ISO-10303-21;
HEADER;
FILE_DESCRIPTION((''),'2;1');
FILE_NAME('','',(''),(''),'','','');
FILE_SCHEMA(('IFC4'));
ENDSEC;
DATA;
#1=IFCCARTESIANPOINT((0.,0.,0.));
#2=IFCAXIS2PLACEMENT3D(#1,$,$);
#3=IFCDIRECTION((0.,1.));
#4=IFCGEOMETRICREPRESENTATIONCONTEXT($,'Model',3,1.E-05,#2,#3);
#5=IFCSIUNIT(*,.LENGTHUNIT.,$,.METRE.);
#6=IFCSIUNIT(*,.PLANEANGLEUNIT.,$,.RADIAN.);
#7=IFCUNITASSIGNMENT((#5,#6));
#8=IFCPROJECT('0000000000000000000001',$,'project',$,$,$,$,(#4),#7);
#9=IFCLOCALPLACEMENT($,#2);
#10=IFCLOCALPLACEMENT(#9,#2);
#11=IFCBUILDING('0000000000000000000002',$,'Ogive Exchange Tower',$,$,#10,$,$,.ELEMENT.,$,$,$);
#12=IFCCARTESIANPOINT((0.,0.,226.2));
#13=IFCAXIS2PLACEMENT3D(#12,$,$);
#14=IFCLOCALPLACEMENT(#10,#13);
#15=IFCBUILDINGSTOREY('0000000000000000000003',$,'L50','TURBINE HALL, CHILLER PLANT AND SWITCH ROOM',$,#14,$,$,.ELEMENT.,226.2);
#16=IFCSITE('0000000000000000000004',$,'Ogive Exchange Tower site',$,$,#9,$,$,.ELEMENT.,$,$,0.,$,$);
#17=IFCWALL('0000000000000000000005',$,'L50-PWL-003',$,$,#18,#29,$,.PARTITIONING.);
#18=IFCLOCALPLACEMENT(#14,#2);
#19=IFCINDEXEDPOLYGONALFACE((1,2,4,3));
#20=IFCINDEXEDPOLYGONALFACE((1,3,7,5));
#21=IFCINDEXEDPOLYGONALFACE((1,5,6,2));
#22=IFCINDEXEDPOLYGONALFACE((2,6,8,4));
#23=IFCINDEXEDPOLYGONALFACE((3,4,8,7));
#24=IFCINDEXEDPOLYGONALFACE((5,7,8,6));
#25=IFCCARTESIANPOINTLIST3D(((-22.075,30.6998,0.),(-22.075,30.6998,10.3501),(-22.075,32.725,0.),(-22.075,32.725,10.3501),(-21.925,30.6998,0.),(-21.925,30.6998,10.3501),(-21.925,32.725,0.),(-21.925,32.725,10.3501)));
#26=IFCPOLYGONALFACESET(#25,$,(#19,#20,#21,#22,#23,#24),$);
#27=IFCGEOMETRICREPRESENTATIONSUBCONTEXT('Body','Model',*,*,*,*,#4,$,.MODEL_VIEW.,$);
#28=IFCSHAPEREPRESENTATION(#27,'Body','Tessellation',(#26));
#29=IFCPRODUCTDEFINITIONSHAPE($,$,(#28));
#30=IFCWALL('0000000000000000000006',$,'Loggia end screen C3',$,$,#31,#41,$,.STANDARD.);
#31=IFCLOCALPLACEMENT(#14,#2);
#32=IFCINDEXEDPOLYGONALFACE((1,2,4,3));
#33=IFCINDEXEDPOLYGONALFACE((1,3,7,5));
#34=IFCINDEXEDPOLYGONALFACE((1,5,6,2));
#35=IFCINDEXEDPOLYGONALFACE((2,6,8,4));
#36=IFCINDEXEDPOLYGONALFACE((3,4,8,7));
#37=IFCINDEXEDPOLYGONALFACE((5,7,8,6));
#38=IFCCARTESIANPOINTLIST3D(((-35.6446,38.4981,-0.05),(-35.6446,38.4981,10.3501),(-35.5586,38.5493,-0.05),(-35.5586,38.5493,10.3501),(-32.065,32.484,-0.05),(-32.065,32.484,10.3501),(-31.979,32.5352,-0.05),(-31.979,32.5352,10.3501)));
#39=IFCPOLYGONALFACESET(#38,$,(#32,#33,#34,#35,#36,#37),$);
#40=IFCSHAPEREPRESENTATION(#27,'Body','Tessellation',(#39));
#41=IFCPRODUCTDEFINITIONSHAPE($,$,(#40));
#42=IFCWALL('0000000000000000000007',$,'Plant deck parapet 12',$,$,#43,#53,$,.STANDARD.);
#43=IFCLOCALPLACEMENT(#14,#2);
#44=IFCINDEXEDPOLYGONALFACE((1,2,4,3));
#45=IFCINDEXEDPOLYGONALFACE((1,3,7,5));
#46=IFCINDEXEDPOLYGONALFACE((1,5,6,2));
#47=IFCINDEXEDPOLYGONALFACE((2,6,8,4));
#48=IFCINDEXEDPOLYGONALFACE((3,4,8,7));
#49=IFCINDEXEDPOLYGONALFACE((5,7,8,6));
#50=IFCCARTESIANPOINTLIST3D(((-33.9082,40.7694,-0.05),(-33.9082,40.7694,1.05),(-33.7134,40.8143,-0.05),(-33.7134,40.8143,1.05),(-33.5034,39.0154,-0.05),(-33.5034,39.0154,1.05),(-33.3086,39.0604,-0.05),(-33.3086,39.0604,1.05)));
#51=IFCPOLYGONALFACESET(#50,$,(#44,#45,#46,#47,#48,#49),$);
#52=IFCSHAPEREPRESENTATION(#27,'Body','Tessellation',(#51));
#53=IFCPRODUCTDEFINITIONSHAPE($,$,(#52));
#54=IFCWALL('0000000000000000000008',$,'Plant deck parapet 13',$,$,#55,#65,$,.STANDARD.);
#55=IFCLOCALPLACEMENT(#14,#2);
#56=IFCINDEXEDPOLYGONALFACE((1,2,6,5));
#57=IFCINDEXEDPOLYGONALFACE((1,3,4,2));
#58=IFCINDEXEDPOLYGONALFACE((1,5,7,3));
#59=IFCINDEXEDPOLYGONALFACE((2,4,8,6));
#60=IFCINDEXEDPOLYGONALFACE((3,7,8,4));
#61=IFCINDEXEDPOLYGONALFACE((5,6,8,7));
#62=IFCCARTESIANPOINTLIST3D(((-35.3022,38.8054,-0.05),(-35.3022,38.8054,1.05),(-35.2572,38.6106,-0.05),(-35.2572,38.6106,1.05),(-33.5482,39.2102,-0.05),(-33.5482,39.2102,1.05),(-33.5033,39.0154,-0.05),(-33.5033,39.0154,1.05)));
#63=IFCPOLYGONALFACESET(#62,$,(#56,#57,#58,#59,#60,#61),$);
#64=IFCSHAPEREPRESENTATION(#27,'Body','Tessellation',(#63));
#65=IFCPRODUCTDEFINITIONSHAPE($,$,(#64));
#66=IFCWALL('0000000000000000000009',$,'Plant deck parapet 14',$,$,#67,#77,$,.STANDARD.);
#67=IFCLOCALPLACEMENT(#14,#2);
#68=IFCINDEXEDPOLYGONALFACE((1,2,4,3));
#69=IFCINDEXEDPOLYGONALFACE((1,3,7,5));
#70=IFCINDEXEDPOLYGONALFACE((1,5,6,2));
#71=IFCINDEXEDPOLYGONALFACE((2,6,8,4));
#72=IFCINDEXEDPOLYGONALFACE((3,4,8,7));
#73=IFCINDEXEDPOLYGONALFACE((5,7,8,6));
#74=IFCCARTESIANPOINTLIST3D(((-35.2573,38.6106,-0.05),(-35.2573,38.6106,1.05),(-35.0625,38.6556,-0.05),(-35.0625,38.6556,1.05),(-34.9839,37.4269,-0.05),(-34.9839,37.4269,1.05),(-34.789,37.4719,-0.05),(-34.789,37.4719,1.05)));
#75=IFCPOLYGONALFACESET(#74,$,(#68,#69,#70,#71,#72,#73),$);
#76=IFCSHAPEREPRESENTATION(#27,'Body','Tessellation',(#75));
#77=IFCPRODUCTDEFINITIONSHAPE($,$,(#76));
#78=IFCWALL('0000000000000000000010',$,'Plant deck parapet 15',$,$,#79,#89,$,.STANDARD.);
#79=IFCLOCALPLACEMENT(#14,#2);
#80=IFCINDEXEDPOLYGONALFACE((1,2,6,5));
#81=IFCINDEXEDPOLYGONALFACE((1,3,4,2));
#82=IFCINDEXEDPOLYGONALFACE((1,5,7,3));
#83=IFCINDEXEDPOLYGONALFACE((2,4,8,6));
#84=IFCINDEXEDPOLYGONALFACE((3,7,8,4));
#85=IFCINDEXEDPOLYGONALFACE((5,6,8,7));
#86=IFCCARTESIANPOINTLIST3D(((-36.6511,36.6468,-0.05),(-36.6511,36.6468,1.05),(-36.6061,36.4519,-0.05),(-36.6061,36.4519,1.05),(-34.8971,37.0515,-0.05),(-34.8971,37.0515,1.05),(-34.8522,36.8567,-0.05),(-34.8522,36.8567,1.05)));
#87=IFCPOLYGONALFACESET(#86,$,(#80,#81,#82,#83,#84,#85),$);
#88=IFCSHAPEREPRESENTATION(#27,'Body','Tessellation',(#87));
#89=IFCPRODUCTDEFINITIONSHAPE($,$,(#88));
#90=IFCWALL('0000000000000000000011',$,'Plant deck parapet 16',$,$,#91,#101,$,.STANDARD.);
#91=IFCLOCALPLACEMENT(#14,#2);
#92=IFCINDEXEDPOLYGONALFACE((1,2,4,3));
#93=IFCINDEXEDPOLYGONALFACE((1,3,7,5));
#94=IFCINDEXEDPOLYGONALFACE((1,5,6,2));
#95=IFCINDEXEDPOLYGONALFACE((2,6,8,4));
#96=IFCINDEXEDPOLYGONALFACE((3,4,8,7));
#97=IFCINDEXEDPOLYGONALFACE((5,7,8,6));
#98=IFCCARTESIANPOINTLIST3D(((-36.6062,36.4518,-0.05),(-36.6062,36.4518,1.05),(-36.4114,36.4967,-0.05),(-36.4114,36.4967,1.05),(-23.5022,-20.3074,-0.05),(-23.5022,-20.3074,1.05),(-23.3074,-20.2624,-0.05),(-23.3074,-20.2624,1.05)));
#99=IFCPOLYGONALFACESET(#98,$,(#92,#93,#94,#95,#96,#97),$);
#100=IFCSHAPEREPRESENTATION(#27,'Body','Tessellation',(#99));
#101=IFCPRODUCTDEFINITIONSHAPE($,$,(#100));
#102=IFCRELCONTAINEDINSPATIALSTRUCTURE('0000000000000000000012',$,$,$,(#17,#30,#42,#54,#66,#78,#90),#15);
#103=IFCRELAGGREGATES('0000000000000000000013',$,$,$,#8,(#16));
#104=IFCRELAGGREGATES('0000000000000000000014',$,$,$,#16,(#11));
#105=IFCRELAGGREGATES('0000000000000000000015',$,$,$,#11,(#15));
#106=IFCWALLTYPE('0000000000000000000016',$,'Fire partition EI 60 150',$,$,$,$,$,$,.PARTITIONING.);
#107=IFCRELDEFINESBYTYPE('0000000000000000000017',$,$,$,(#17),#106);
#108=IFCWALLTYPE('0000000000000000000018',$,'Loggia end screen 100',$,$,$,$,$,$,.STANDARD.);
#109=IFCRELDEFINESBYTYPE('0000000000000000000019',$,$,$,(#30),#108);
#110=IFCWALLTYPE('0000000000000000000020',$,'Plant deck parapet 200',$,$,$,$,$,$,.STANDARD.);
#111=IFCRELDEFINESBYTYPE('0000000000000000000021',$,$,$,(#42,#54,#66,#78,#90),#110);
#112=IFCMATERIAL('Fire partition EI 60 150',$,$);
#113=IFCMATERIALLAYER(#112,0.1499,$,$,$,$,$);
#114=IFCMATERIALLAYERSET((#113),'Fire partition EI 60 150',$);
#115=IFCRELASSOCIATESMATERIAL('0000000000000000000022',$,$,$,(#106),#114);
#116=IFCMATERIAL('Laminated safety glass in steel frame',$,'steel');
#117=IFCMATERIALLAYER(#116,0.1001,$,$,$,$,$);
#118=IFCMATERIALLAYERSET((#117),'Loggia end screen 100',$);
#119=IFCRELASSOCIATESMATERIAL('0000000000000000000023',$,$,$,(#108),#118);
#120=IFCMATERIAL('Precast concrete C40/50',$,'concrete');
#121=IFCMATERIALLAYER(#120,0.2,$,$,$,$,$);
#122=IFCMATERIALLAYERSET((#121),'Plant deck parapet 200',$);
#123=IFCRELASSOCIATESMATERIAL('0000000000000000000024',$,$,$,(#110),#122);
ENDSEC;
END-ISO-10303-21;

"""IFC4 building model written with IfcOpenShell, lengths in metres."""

from ifc_helpers import new_model, si_unit, direction, frame, frame_2d, origin, place, context, subcontext, project, spatial, rectangle, extrude, material, layer, layer_set, type_object, element, save


model = new_model("IFC4")

# Units and contexts
model_context = context("Model", 3, precision=1e-05, world=origin(), true_north=direction((0.0, 1.0)))
body_context = subcontext(model_context, "Body", "Model", "MODEL_VIEW")
ifc_project = project(units=[si_unit("LENGTHUNIT", "METRE"), si_unit("PLANEANGLEUNIT", "RADIAN")], contexts=[model_context])

# Site, building, storey
site_placement = place(None, origin())
site = spatial("IfcSite", under=ifc_project, at=site_placement, Name="Ogive Exchange Tower site", CompositionType="ELEMENT", RefElevation=0.0)
building_placement = place(site_placement, origin())
building = spatial("IfcBuilding", under=site, at=building_placement, Name="Ogive Exchange Tower", CompositionType="ELEMENT")
storey_placement = place(building_placement, frame((0.0, 0.0, 226.2)))
storey = spatial("IfcBuildingStorey", under=building, at=storey_placement, Name="L50", Description="TURBINE HALL, CHILLER PLANT AND SWITCH ROOM", CompositionType="ELEMENT", Elevation=226.2)

# Walls
ifc_material_1 = material(Name="Fire partition EI 60 150")
ifc_layer_1 = layer(ifc_material_1, 0.1499)
ifc_layer_set_1 = layer_set([ifc_layer_1], Name="Fire partition EI 60 150")
wall_type_1 = type_object("IfcWallType", Name="Fire partition EI 60 150", PredefinedType="PARTITIONING", material=ifc_layer_set_1)
wall_1_placement = place(storey_placement, frame((-22.0, 32.7251, 0.0), z_axis=(0.0, 0.0, 1.0), x_axis=(0.0, -1.0, 0.0)))
element("IfcWall", 1, at=wall_1_placement, inside=storey, type_object=wall_type_1, Name="L50-PWL-003", PredefinedType="PARTITIONING", context=body_context, shape_type="SweptSolid", body=[
    extrude(rectangle(XDim=2.0251, YDim=0.1499, at=frame_2d((1.0127, 0.0))), origin(), (0.0, 0.0, 1.0), 10.3501),
])
ifc_material_2 = material(Name="Laminated safety glass in steel frame", Category="steel")
ifc_layer_2 = layer(ifc_material_2, 0.1001)
ifc_layer_set_2 = layer_set([ifc_layer_2], Name="Loggia end screen 100")
wall_type_2 = type_object("IfcWallType", Name="Loggia end screen 100", PredefinedType="STANDARD", material=ifc_layer_set_2)
wall_2_placement = place(storey_placement, frame((-32.022, 32.5095, -0.05), z_axis=(0.0, 0.0, 1.0), x_axis=(-0.511456, 0.85931, 0.0)))
element("IfcWall", 2, at=wall_2_placement, inside=storey, type_object=wall_type_2, Name="Loggia end screen C3", PredefinedType="STANDARD", context=body_context, shape_type="SweptSolid", body=[
    extrude(rectangle(XDim=6.9988, YDim=0.1001, at=frame_2d((3.4995, 0.0))), origin(), (0.0, 0.0, 1.0), 10.4001),
])
ifc_material_3 = material(Name="Precast concrete C40/50", Category="concrete")
ifc_layer_3 = layer(ifc_material_3, 0.2)
ifc_layer_set_3 = layer_set([ifc_layer_3], Name="Plant deck parapet 200")
wall_type_3 = type_object("IfcWallType", Name="Plant deck parapet 200", PredefinedType="STANDARD", material=ifc_layer_set_3)
for number, where, z_axis, x_axis, name in (
    (3, (-33.8108, 40.7917, -0.05), (0.0, 0.0, 1.0), (0.224879, -0.974387, 0.0), "Plant deck parapet 12"),
    (4, (-33.5259, 39.1128, -0.05), (0.0, 0.0, 1.0), (-0.974387, -0.224879, 0.0), "Plant deck parapet 13"),
):
    element("IfcWall", number, at=place(storey_placement, frame(where, z_axis=z_axis, x_axis=x_axis)), inside=storey, type_object=wall_type_3, Name=name, PredefinedType="STANDARD", context=body_context, shape_type="SweptSolid", body=[
        extrude(rectangle(XDim=1.8, YDim=0.2, at=frame_2d((0.8999, 0.0))), origin(), (0.0, 0.0, 1.0), 1.1001),
    ])
wall_3_placement = place(storey_placement, frame((-35.1599, 38.6331, -0.05), z_axis=(0.0, 0.0, 1.0), x_axis=(0.225094, -0.974337, 0.0)))
element("IfcWall", 5, at=wall_3_placement, inside=storey, type_object=wall_type_3, Name="Plant deck parapet 14", PredefinedType="STANDARD", context=body_context, shape_type="SweptSolid", body=[
    extrude(rectangle(XDim=1.2148, YDim=0.2, at=frame_2d((0.6074, 0.0))), origin(), (0.0, 0.0, 1.0), 1.1001),
])
wall_4_placement = place(storey_placement, frame((-34.8748, 36.9541, -0.05), z_axis=(0.0, 0.0, 1.0), x_axis=(-0.974387, -0.224879, 0.0)))
element("IfcWall", 6, at=wall_4_placement, inside=storey, type_object=wall_type_3, Name="Plant deck parapet 15", PredefinedType="STANDARD", context=body_context, shape_type="SweptSolid", body=[
    extrude(rectangle(XDim=1.8, YDim=0.2, at=frame_2d((0.8999, 0.0))), origin(), (0.0, 0.0, 1.0), 1.1001),
])
wall_5_placement = place(storey_placement, frame((-36.5088, 36.4741, -0.05), z_axis=(0.0, 0.0, 1.0), x_axis=(0.224953, -0.97437, 0.0)))
element("IfcWall", 7, at=wall_5_placement, inside=storey, type_object=wall_type_3, Name="Plant deck parapet 16", PredefinedType="STANDARD", context=body_context, shape_type="SweptSolid", body=[
    extrude(rectangle(XDim=58.2522, YDim=0.2, at=frame_2d((29.126, 0.0))), origin(), (0.0, 0.0, 1.0), 1.1001),
])

save(model, "model.ifc")
